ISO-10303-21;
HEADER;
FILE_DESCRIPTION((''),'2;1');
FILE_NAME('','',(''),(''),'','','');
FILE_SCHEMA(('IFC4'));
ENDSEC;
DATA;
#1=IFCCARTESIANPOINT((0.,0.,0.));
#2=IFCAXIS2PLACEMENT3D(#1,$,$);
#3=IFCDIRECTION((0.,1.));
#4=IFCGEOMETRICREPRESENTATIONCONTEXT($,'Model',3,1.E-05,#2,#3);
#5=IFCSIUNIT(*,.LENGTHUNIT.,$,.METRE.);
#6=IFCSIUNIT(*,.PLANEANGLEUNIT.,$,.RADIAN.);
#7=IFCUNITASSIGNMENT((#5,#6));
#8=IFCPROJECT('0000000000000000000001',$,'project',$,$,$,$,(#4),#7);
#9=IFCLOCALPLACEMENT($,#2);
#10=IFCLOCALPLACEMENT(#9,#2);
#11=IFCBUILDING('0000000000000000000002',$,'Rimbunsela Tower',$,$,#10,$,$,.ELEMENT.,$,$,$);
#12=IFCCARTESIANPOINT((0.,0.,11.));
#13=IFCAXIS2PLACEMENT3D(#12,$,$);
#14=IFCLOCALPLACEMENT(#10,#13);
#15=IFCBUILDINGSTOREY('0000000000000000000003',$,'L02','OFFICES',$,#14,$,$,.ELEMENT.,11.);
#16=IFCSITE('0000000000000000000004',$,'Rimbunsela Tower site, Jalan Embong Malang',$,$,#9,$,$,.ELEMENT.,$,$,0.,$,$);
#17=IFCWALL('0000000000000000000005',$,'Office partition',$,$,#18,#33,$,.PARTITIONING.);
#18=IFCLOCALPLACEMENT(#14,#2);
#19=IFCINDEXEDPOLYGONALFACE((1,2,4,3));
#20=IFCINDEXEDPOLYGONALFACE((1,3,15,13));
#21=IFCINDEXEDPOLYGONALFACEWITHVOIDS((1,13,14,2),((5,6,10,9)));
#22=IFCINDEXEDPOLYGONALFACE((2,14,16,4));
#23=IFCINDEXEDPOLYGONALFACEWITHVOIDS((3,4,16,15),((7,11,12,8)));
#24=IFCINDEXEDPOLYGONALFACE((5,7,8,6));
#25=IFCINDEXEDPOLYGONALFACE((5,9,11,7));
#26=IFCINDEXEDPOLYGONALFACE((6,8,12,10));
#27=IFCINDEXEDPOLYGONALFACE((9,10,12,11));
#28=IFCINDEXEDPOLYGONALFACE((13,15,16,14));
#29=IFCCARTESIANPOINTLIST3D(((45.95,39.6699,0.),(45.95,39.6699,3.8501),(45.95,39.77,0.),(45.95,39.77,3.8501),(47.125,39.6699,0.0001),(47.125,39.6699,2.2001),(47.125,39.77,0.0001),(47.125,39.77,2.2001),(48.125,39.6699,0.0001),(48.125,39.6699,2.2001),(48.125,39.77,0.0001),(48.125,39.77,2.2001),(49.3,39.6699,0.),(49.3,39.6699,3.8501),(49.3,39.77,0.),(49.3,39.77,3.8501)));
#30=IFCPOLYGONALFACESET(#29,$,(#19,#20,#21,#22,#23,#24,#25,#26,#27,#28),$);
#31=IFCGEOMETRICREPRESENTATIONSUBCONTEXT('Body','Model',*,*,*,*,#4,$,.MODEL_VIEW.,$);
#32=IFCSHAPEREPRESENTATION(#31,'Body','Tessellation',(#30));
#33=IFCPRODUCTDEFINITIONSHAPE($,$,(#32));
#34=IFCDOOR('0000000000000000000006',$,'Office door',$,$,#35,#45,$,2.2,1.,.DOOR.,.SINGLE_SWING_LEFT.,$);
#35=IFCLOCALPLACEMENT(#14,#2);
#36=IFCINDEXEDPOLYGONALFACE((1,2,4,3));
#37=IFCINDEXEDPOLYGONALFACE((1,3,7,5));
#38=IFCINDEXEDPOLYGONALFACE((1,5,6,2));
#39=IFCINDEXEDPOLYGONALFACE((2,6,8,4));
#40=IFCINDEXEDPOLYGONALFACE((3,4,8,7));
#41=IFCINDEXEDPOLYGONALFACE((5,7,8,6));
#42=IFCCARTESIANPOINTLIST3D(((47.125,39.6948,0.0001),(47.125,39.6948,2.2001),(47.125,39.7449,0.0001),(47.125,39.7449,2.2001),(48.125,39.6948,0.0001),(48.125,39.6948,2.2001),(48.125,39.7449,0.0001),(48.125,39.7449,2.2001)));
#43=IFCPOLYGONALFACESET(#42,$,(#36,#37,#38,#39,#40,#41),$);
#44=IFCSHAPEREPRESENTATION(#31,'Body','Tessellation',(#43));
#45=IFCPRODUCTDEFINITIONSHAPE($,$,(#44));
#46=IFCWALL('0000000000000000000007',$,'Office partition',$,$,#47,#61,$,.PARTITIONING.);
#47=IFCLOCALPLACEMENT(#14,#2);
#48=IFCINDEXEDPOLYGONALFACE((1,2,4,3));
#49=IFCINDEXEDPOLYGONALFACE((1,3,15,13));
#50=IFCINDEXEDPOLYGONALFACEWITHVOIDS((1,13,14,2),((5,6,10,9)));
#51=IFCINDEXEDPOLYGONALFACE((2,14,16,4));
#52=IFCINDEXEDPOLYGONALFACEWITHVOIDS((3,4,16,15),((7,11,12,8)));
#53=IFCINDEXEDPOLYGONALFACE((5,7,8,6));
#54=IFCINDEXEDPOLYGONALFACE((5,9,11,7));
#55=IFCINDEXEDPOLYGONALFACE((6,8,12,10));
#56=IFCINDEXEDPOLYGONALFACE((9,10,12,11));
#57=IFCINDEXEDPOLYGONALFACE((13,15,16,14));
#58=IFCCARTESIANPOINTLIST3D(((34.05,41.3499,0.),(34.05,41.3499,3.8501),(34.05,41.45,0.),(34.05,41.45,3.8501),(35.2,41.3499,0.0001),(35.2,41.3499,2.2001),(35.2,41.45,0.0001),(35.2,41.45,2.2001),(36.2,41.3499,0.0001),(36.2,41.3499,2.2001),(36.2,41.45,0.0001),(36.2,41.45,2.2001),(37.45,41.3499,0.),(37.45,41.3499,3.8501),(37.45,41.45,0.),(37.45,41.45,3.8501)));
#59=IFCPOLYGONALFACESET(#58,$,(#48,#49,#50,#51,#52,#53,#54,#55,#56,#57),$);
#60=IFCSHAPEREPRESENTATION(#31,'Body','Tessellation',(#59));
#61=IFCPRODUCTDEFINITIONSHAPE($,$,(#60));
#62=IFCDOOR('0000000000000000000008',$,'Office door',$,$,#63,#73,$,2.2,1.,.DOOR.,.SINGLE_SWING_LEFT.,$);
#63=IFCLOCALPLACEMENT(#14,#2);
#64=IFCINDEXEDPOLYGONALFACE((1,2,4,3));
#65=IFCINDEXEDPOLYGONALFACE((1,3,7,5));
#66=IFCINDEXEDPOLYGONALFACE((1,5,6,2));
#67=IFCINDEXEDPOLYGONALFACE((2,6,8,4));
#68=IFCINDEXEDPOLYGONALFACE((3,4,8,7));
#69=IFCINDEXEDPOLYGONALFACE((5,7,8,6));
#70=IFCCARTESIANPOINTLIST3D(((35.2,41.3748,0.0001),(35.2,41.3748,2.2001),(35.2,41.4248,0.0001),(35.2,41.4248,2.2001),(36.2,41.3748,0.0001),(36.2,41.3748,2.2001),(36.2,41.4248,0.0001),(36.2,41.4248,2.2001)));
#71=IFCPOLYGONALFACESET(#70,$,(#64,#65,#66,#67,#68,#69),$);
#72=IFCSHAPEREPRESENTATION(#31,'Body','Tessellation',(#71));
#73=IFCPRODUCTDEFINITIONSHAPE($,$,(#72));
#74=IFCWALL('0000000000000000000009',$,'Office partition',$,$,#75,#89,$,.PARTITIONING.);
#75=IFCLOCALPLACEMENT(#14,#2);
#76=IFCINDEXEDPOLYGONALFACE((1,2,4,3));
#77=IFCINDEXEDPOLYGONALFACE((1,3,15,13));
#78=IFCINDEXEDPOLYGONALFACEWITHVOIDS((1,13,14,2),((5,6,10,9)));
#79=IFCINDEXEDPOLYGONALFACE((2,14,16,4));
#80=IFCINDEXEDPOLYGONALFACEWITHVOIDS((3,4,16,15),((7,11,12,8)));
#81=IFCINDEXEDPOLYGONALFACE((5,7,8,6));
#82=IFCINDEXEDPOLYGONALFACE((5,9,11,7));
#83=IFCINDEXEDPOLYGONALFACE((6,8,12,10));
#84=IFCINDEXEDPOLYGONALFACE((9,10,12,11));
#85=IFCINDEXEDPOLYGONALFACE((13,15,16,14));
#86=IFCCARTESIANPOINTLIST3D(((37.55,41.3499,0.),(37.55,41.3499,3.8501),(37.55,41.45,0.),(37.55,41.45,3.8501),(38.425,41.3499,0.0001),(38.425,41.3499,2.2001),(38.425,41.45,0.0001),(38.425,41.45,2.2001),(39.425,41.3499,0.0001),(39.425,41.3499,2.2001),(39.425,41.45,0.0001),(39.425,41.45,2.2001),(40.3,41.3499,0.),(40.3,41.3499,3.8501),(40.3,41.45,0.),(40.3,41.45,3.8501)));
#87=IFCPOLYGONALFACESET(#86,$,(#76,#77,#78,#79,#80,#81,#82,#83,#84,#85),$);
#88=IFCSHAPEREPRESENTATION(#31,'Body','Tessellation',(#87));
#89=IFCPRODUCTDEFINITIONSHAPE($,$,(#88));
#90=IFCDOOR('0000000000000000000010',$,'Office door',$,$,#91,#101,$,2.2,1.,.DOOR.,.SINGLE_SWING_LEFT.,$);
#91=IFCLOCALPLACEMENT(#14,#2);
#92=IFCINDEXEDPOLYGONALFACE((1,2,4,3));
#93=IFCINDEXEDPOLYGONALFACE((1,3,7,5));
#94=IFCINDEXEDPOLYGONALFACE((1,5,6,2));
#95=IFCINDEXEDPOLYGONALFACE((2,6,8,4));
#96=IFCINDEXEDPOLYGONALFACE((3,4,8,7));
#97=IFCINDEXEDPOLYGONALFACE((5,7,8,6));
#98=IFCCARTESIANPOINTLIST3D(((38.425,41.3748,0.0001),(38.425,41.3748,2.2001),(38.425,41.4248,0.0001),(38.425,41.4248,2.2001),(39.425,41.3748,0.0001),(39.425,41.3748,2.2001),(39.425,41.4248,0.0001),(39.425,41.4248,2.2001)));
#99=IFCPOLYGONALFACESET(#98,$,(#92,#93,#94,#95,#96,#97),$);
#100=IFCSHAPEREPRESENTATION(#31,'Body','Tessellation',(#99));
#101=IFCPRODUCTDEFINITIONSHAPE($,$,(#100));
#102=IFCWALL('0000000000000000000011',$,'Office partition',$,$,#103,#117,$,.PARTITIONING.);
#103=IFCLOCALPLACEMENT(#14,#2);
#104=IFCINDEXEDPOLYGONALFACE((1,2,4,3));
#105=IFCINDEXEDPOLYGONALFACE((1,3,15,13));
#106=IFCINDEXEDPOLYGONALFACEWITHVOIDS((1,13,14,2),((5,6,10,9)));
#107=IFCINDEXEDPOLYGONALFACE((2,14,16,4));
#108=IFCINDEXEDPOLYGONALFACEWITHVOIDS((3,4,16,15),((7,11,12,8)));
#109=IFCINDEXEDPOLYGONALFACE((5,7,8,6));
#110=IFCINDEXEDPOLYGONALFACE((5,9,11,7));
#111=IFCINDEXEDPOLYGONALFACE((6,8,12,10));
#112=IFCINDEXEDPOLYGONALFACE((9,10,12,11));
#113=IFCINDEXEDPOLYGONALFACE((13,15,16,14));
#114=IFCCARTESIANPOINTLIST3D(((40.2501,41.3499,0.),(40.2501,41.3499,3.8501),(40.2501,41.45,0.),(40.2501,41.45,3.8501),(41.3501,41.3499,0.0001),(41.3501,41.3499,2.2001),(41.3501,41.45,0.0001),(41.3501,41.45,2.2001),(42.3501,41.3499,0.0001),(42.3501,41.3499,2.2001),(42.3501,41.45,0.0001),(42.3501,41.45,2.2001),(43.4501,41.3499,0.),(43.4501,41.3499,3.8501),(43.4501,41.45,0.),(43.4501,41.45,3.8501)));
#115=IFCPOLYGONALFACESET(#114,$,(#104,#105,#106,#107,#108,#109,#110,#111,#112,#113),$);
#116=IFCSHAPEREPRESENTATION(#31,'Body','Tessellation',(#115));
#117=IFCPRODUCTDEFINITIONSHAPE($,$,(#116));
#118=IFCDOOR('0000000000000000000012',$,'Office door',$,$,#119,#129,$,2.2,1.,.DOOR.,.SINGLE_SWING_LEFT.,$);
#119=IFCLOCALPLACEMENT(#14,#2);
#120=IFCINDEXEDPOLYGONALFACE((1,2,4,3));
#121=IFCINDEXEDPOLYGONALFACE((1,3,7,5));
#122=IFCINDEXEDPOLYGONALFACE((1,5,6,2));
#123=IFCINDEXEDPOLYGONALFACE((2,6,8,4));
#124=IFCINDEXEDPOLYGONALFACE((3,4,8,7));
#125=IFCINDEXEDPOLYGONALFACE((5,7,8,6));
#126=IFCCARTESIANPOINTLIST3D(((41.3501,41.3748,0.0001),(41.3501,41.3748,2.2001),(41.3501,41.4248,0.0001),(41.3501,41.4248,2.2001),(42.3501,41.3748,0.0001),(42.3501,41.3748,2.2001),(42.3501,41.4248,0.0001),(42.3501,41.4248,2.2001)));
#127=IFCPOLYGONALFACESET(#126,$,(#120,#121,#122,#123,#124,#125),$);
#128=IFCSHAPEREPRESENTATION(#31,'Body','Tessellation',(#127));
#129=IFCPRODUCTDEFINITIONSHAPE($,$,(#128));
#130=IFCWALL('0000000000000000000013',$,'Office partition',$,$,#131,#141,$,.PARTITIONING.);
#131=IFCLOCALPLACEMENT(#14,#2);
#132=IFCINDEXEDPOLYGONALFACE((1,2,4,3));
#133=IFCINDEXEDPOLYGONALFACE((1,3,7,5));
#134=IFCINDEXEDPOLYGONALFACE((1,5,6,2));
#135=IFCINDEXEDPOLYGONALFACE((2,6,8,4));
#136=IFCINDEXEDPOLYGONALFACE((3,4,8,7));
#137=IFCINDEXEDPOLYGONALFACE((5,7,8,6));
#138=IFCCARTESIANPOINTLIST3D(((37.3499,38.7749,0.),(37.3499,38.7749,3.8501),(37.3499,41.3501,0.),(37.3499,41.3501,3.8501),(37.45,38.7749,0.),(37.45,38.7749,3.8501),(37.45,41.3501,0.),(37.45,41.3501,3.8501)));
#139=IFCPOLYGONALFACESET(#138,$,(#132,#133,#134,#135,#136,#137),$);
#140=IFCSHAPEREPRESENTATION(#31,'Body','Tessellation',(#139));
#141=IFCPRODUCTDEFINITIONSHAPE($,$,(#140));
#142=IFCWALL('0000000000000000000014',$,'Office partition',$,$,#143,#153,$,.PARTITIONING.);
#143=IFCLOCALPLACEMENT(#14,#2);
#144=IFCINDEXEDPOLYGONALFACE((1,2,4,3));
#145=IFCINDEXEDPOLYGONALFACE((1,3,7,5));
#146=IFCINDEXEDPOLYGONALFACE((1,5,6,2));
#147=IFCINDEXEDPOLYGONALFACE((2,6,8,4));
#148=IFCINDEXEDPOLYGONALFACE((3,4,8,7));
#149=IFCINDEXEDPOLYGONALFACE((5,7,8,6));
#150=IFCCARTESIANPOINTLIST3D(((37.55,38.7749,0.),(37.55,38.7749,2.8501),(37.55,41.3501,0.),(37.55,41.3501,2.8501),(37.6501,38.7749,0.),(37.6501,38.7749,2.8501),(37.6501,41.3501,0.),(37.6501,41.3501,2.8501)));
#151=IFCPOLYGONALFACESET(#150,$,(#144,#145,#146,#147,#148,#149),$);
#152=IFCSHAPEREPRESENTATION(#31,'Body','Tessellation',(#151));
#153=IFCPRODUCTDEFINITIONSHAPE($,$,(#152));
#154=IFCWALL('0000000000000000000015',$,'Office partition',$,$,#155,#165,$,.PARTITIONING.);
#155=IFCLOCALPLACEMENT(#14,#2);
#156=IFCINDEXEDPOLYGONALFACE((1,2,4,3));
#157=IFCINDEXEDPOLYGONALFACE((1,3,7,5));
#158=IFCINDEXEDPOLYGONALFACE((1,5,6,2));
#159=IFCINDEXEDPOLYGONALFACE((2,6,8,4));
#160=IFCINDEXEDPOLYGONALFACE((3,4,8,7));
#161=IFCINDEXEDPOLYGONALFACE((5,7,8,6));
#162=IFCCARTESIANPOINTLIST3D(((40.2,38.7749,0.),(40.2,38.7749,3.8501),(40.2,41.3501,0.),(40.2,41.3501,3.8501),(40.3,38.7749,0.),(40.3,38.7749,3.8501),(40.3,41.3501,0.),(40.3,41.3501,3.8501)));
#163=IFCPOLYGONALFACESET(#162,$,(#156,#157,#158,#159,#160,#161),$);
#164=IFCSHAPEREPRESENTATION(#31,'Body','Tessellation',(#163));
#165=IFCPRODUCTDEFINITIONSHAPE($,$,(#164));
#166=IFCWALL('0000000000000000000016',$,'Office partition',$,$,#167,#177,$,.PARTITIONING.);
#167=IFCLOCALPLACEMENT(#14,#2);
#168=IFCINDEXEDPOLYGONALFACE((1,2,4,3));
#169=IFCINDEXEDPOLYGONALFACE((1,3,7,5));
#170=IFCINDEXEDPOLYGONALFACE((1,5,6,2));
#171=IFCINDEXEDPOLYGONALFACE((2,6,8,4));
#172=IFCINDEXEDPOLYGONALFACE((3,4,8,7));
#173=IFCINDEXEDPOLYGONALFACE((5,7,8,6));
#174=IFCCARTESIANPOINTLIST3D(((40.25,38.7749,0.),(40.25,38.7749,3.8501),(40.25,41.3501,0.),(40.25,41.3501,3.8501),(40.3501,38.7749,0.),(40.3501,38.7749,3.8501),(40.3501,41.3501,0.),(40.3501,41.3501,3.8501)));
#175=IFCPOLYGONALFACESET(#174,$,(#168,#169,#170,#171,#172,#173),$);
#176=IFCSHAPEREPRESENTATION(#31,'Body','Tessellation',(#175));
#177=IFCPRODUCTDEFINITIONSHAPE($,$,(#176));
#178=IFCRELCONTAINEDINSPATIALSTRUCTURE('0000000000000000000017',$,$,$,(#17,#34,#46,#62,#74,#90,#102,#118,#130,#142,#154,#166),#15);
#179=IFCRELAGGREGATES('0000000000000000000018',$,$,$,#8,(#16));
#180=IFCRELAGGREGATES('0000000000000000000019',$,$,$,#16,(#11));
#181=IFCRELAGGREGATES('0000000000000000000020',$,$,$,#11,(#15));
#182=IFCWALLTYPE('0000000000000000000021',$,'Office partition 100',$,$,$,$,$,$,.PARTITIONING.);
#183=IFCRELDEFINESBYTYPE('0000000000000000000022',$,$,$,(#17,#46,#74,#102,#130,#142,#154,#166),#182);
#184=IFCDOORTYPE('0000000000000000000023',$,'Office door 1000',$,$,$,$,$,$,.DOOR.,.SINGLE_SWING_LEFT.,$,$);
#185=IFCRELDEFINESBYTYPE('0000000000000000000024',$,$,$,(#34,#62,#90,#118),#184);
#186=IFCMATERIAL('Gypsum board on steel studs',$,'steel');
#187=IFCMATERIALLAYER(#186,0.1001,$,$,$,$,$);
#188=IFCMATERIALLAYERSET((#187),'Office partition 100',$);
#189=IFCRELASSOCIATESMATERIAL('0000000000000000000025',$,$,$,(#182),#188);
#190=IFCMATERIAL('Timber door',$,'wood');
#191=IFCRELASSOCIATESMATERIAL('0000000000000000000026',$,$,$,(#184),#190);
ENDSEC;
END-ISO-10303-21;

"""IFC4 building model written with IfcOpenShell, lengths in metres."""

from ifc_helpers import new_model, si_unit, direction, frame, frame_2d, origin, place, context, subcontext, project, spatial, rectangle, extrude, material, layer, layer_set, type_object, element, fill, save


model = new_model("IFC4")

# Units and contexts
model_context = context("Model", 3, precision=1e-05, world=origin(), true_north=direction((0.0, 1.0)))
body_context = subcontext(model_context, "Body", "Model", "MODEL_VIEW")
ifc_project = project(units=[si_unit("LENGTHUNIT", "METRE"), si_unit("PLANEANGLEUNIT", "RADIAN")], contexts=[model_context])

# Site, building, storey
site_placement = place(None, origin())
site = spatial("IfcSite", under=ifc_project, at=site_placement, Name="Rimbunsela Tower site, Jalan Embong Malang", CompositionType="ELEMENT", RefElevation=0.0)
building_placement = place(site_placement, origin())
building = spatial("IfcBuilding", under=site, at=building_placement, Name="Rimbunsela Tower", CompositionType="ELEMENT")
storey_placement = place(building_placement, frame((0.0, 0.0, 11.0)))
storey = spatial("IfcBuildingStorey", under=building, at=storey_placement, Name="L02", Description="OFFICES", CompositionType="ELEMENT", Elevation=11.0)

# Walls, openings, doors
ifc_material_1 = material(Name="Gypsum board on steel studs", Category="steel")
ifc_layer_1 = layer(ifc_material_1, 0.1001)
ifc_layer_set_1 = layer_set([ifc_layer_1], Name="Office partition 100")
wall_type_1 = type_object("IfcWallType", Name="Office partition 100", PredefinedType="PARTITIONING", material=ifc_layer_set_1)
wall_1_placement = place(storey_placement, frame((45.95, 39.72, 0.0), z_axis=(0.0, 0.0, 1.0), x_axis=(1.0, 0.0, 0.0)))
wall_1 = element("IfcWall", 1, at=wall_1_placement, inside=storey, type_object=wall_type_1, Name="Office partition", PredefinedType="PARTITIONING", context=body_context, shape_type="SweptSolid", body=[
    extrude(rectangle(XDim=3.3501, YDim=0.1001, at=frame_2d((1.675, 0.0))), origin(), (0.0, 0.0, 1.0), 3.8501),
])
opening_1_placement = place(wall_1_placement, frame((1.175, 0.0, 0.0)))
opening_1 = element("IfcOpeningElement", 2, at=opening_1_placement, cuts=wall_1, PredefinedType="OPENING", context=body_context, shape_type="SweptSolid", body=[
    extrude(rectangle(XDim=1.0, YDim=2.2, at=frame_2d((0.5, 1.1001))), frame((0.0, 0.0601, 0.0), z_axis=(0.0, -1.0, 0.0), x_axis=(1.0, 0.0, 0.0)), (0.0, 0.0, 1.0), 0.1201),
])
ifc_material_2 = material(Name="Timber door", Category="wood")
door_type_1 = type_object("IfcDoorType", Name="Office door 1000", OperationType="SINGLE_SWING_LEFT", PredefinedType="DOOR", material=ifc_material_2)
door_1_placement = place(opening_1_placement, origin())
door_1 = element("IfcDoor", 3, at=door_1_placement, inside=storey, type_object=door_type_1, Name="Office door", OperationType="SINGLE_SWING_LEFT", OverallHeight=2.2, OverallWidth=1.0, PredefinedType="DOOR", context=body_context, shape_type="SweptSolid", body=[
    extrude(rectangle(XDim=1.0, YDim=2.2, at=frame_2d((0.5, 1.1001))), frame((0.0, 0.0249, 0.0), z_axis=(0.0, -1.0, 0.0), x_axis=(1.0, 0.0, 0.0)), (0.0, 0.0, 1.0), 0.05),
])
fill(opening_1, door_1)
wall_2_placement = place(storey_placement, frame((34.05, 41.3999, 0.0), z_axis=(0.0, 0.0, 1.0), x_axis=(1.0, 0.0, 0.0)))
wall_2 = element("IfcWall", 4, at=wall_2_placement, inside=storey, type_object=wall_type_1, Name="Office partition", PredefinedType="PARTITIONING", context=body_context, shape_type="SweptSolid", body=[
    extrude(rectangle(XDim=3.3999, YDim=0.1001, at=frame_2d((1.7, 0.0))), origin(), (0.0, 0.0, 1.0), 3.8501),
])
opening_2_placement = place(wall_2_placement, frame((1.1499, 0.0, 0.0)))
opening_2 = element("IfcOpeningElement", 5, at=opening_2_placement, cuts=wall_2, PredefinedType="OPENING", context=body_context, shape_type="SweptSolid", body=[
    extrude(rectangle(XDim=1.0, YDim=2.2, at=frame_2d((0.5, 1.1001))), frame((0.0, 0.0601, 0.0), z_axis=(0.0, -1.0, 0.0), x_axis=(1.0, 0.0, 0.0)), (0.0, 0.0, 1.0), 0.1201),
])
door_2_placement = place(opening_2_placement, origin())
door_2 = element("IfcDoor", 6, at=door_2_placement, inside=storey, type_object=door_type_1, Name="Office door", OperationType="SINGLE_SWING_LEFT", OverallHeight=2.2, OverallWidth=1.0, PredefinedType="DOOR", context=body_context, shape_type="SweptSolid", body=[
    extrude(rectangle(XDim=1.0, YDim=2.2, at=frame_2d((0.5, 1.1001))), frame((0.0, 0.0249, 0.0), z_axis=(0.0, -1.0, 0.0), x_axis=(1.0, 0.0, 0.0)), (0.0, 0.0, 1.0), 0.05),
])
fill(opening_2, door_2)
wall_3_placement = place(storey_placement, frame((37.55, 41.3999, 0.0), z_axis=(0.0, 0.0, 1.0), x_axis=(1.0, 0.0, 0.0)))
wall_3 = element("IfcWall", 7, at=wall_3_placement, inside=storey, type_object=wall_type_1, Name="Office partition", PredefinedType="PARTITIONING", context=body_context, shape_type="SweptSolid", body=[
    extrude(rectangle(XDim=2.75, YDim=0.1001, at=frame_2d((1.375, 0.0))), origin(), (0.0, 0.0, 1.0), 3.8501),
])
opening_3_placement = place(wall_3_placement, frame((0.875, 0.0, 0.0)))
opening_3 = element("IfcOpeningElement", 8, at=opening_3_placement, cuts=wall_3, PredefinedType="OPENING", context=body_context, shape_type="SweptSolid", body=[
    extrude(rectangle(XDim=1.0, YDim=2.2, at=frame_2d((0.5, 1.1001))), frame((0.0, 0.0601, 0.0), z_axis=(0.0, -1.0, 0.0), x_axis=(1.0, 0.0, 0.0)), (0.0, 0.0, 1.0), 0.1201),
])
door_3_placement = place(opening_3_placement, origin())
door_3 = element("IfcDoor", 9, at=door_3_placement, inside=storey, type_object=door_type_1, Name="Office door", OperationType="SINGLE_SWING_LEFT", OverallHeight=2.2, OverallWidth=1.0, PredefinedType="DOOR", context=body_context, shape_type="SweptSolid", body=[
    extrude(rectangle(XDim=1.0, YDim=2.2, at=frame_2d((0.5, 1.1001))), frame((0.0, 0.0249, 0.0), z_axis=(0.0, -1.0, 0.0), x_axis=(1.0, 0.0, 0.0)), (0.0, 0.0, 1.0), 0.05),
])
fill(opening_3, door_3)
wall_4_placement = place(storey_placement, frame((40.25, 41.3999, 0.0), z_axis=(0.0, 0.0, 1.0), x_axis=(1.0, 0.0, 0.0)))
wall_4 = element("IfcWall", 10, at=wall_4_placement, inside=storey, type_object=wall_type_1, Name="Office partition", PredefinedType="PARTITIONING", context=body_context, shape_type="SweptSolid", body=[
    extrude(rectangle(XDim=3.2, YDim=0.1001, at=frame_2d((1.6001, 0.0))), origin(), (0.0, 0.0, 1.0), 3.8501),
])
opening_4_placement = place(wall_4_placement, frame((1.1001, 0.0, 0.0)))
opening_4 = element("IfcOpeningElement", 11, at=opening_4_placement, cuts=wall_4, PredefinedType="OPENING", context=body_context, shape_type="SweptSolid", body=[
    extrude(rectangle(XDim=1.0, YDim=2.2, at=frame_2d((0.5, 1.1001))), frame((0.0, 0.0601, 0.0), z_axis=(0.0, -1.0, 0.0), x_axis=(1.0, 0.0, 0.0)), (0.0, 0.0, 1.0), 0.1201),
])
door_4_placement = place(opening_4_placement, origin())
door_4 = element("IfcDoor", 12, at=door_4_placement, inside=storey, type_object=door_type_1, Name="Office door", OperationType="SINGLE_SWING_LEFT", OverallHeight=2.2, OverallWidth=1.0, PredefinedType="DOOR", context=body_context, shape_type="SweptSolid", body=[
    extrude(rectangle(XDim=1.0, YDim=2.2, at=frame_2d((0.5, 1.1001))), frame((0.0, 0.0249, 0.0), z_axis=(0.0, -1.0, 0.0), x_axis=(1.0, 0.0, 0.0)), (0.0, 0.0, 1.0), 0.05),
])
fill(opening_4, door_4)

# Walls
wall_5_placement = place(storey_placement, frame((37.3999, 38.7749, 0.0), z_axis=(0.0, 0.0, 1.0), x_axis=(0.0, 1.0, 0.0)))
element("IfcWall", 13, at=wall_5_placement, inside=storey, type_object=wall_type_1, Name="Office partition", PredefinedType="PARTITIONING", context=body_context, shape_type="SweptSolid", body=[
    extrude(rectangle(XDim=2.5752, YDim=0.1001, at=frame_2d((1.2876, 0.0))), origin(), (0.0, 0.0, 1.0), 3.8501),
])
wall_6_placement = place(storey_placement, frame((37.6001, 38.7749, 0.0), z_axis=(0.0, 0.0, 1.0), x_axis=(0.0, 1.0, 0.0)))
element("IfcWall", 14, at=wall_6_placement, inside=storey, type_object=wall_type_1, Name="Office partition", PredefinedType="PARTITIONING", context=body_context, shape_type="SweptSolid", body=[
    extrude(rectangle(XDim=2.5752, YDim=0.1001, at=frame_2d((1.2876, 0.0))), origin(), (0.0, 0.0, 1.0), 2.8501),
])
for number, where, z_axis, x_axis, name in (
    (15, (40.25, 38.7749, 0.0), (0.0, 0.0, 1.0), (0.0, 1.0, 0.0), "Office partition"),
    (16, (40.3, 38.7749, 0.0), (0.0, 0.0, 1.0), (0.0, 1.0, 0.0), "Office partition"),
):
    element("IfcWall", number, at=place(storey_placement, frame(where, z_axis=z_axis, x_axis=x_axis)), inside=storey, type_object=wall_type_1, Name=name, PredefinedType="PARTITIONING", context=body_context, shape_type="SweptSolid", body=[
        extrude(rectangle(XDim=2.5752, YDim=0.1001, at=frame_2d((1.2876, 0.0))), origin(), (0.0, 0.0, 1.0), 3.8501),
    ])

save(model, "model.ifc")
